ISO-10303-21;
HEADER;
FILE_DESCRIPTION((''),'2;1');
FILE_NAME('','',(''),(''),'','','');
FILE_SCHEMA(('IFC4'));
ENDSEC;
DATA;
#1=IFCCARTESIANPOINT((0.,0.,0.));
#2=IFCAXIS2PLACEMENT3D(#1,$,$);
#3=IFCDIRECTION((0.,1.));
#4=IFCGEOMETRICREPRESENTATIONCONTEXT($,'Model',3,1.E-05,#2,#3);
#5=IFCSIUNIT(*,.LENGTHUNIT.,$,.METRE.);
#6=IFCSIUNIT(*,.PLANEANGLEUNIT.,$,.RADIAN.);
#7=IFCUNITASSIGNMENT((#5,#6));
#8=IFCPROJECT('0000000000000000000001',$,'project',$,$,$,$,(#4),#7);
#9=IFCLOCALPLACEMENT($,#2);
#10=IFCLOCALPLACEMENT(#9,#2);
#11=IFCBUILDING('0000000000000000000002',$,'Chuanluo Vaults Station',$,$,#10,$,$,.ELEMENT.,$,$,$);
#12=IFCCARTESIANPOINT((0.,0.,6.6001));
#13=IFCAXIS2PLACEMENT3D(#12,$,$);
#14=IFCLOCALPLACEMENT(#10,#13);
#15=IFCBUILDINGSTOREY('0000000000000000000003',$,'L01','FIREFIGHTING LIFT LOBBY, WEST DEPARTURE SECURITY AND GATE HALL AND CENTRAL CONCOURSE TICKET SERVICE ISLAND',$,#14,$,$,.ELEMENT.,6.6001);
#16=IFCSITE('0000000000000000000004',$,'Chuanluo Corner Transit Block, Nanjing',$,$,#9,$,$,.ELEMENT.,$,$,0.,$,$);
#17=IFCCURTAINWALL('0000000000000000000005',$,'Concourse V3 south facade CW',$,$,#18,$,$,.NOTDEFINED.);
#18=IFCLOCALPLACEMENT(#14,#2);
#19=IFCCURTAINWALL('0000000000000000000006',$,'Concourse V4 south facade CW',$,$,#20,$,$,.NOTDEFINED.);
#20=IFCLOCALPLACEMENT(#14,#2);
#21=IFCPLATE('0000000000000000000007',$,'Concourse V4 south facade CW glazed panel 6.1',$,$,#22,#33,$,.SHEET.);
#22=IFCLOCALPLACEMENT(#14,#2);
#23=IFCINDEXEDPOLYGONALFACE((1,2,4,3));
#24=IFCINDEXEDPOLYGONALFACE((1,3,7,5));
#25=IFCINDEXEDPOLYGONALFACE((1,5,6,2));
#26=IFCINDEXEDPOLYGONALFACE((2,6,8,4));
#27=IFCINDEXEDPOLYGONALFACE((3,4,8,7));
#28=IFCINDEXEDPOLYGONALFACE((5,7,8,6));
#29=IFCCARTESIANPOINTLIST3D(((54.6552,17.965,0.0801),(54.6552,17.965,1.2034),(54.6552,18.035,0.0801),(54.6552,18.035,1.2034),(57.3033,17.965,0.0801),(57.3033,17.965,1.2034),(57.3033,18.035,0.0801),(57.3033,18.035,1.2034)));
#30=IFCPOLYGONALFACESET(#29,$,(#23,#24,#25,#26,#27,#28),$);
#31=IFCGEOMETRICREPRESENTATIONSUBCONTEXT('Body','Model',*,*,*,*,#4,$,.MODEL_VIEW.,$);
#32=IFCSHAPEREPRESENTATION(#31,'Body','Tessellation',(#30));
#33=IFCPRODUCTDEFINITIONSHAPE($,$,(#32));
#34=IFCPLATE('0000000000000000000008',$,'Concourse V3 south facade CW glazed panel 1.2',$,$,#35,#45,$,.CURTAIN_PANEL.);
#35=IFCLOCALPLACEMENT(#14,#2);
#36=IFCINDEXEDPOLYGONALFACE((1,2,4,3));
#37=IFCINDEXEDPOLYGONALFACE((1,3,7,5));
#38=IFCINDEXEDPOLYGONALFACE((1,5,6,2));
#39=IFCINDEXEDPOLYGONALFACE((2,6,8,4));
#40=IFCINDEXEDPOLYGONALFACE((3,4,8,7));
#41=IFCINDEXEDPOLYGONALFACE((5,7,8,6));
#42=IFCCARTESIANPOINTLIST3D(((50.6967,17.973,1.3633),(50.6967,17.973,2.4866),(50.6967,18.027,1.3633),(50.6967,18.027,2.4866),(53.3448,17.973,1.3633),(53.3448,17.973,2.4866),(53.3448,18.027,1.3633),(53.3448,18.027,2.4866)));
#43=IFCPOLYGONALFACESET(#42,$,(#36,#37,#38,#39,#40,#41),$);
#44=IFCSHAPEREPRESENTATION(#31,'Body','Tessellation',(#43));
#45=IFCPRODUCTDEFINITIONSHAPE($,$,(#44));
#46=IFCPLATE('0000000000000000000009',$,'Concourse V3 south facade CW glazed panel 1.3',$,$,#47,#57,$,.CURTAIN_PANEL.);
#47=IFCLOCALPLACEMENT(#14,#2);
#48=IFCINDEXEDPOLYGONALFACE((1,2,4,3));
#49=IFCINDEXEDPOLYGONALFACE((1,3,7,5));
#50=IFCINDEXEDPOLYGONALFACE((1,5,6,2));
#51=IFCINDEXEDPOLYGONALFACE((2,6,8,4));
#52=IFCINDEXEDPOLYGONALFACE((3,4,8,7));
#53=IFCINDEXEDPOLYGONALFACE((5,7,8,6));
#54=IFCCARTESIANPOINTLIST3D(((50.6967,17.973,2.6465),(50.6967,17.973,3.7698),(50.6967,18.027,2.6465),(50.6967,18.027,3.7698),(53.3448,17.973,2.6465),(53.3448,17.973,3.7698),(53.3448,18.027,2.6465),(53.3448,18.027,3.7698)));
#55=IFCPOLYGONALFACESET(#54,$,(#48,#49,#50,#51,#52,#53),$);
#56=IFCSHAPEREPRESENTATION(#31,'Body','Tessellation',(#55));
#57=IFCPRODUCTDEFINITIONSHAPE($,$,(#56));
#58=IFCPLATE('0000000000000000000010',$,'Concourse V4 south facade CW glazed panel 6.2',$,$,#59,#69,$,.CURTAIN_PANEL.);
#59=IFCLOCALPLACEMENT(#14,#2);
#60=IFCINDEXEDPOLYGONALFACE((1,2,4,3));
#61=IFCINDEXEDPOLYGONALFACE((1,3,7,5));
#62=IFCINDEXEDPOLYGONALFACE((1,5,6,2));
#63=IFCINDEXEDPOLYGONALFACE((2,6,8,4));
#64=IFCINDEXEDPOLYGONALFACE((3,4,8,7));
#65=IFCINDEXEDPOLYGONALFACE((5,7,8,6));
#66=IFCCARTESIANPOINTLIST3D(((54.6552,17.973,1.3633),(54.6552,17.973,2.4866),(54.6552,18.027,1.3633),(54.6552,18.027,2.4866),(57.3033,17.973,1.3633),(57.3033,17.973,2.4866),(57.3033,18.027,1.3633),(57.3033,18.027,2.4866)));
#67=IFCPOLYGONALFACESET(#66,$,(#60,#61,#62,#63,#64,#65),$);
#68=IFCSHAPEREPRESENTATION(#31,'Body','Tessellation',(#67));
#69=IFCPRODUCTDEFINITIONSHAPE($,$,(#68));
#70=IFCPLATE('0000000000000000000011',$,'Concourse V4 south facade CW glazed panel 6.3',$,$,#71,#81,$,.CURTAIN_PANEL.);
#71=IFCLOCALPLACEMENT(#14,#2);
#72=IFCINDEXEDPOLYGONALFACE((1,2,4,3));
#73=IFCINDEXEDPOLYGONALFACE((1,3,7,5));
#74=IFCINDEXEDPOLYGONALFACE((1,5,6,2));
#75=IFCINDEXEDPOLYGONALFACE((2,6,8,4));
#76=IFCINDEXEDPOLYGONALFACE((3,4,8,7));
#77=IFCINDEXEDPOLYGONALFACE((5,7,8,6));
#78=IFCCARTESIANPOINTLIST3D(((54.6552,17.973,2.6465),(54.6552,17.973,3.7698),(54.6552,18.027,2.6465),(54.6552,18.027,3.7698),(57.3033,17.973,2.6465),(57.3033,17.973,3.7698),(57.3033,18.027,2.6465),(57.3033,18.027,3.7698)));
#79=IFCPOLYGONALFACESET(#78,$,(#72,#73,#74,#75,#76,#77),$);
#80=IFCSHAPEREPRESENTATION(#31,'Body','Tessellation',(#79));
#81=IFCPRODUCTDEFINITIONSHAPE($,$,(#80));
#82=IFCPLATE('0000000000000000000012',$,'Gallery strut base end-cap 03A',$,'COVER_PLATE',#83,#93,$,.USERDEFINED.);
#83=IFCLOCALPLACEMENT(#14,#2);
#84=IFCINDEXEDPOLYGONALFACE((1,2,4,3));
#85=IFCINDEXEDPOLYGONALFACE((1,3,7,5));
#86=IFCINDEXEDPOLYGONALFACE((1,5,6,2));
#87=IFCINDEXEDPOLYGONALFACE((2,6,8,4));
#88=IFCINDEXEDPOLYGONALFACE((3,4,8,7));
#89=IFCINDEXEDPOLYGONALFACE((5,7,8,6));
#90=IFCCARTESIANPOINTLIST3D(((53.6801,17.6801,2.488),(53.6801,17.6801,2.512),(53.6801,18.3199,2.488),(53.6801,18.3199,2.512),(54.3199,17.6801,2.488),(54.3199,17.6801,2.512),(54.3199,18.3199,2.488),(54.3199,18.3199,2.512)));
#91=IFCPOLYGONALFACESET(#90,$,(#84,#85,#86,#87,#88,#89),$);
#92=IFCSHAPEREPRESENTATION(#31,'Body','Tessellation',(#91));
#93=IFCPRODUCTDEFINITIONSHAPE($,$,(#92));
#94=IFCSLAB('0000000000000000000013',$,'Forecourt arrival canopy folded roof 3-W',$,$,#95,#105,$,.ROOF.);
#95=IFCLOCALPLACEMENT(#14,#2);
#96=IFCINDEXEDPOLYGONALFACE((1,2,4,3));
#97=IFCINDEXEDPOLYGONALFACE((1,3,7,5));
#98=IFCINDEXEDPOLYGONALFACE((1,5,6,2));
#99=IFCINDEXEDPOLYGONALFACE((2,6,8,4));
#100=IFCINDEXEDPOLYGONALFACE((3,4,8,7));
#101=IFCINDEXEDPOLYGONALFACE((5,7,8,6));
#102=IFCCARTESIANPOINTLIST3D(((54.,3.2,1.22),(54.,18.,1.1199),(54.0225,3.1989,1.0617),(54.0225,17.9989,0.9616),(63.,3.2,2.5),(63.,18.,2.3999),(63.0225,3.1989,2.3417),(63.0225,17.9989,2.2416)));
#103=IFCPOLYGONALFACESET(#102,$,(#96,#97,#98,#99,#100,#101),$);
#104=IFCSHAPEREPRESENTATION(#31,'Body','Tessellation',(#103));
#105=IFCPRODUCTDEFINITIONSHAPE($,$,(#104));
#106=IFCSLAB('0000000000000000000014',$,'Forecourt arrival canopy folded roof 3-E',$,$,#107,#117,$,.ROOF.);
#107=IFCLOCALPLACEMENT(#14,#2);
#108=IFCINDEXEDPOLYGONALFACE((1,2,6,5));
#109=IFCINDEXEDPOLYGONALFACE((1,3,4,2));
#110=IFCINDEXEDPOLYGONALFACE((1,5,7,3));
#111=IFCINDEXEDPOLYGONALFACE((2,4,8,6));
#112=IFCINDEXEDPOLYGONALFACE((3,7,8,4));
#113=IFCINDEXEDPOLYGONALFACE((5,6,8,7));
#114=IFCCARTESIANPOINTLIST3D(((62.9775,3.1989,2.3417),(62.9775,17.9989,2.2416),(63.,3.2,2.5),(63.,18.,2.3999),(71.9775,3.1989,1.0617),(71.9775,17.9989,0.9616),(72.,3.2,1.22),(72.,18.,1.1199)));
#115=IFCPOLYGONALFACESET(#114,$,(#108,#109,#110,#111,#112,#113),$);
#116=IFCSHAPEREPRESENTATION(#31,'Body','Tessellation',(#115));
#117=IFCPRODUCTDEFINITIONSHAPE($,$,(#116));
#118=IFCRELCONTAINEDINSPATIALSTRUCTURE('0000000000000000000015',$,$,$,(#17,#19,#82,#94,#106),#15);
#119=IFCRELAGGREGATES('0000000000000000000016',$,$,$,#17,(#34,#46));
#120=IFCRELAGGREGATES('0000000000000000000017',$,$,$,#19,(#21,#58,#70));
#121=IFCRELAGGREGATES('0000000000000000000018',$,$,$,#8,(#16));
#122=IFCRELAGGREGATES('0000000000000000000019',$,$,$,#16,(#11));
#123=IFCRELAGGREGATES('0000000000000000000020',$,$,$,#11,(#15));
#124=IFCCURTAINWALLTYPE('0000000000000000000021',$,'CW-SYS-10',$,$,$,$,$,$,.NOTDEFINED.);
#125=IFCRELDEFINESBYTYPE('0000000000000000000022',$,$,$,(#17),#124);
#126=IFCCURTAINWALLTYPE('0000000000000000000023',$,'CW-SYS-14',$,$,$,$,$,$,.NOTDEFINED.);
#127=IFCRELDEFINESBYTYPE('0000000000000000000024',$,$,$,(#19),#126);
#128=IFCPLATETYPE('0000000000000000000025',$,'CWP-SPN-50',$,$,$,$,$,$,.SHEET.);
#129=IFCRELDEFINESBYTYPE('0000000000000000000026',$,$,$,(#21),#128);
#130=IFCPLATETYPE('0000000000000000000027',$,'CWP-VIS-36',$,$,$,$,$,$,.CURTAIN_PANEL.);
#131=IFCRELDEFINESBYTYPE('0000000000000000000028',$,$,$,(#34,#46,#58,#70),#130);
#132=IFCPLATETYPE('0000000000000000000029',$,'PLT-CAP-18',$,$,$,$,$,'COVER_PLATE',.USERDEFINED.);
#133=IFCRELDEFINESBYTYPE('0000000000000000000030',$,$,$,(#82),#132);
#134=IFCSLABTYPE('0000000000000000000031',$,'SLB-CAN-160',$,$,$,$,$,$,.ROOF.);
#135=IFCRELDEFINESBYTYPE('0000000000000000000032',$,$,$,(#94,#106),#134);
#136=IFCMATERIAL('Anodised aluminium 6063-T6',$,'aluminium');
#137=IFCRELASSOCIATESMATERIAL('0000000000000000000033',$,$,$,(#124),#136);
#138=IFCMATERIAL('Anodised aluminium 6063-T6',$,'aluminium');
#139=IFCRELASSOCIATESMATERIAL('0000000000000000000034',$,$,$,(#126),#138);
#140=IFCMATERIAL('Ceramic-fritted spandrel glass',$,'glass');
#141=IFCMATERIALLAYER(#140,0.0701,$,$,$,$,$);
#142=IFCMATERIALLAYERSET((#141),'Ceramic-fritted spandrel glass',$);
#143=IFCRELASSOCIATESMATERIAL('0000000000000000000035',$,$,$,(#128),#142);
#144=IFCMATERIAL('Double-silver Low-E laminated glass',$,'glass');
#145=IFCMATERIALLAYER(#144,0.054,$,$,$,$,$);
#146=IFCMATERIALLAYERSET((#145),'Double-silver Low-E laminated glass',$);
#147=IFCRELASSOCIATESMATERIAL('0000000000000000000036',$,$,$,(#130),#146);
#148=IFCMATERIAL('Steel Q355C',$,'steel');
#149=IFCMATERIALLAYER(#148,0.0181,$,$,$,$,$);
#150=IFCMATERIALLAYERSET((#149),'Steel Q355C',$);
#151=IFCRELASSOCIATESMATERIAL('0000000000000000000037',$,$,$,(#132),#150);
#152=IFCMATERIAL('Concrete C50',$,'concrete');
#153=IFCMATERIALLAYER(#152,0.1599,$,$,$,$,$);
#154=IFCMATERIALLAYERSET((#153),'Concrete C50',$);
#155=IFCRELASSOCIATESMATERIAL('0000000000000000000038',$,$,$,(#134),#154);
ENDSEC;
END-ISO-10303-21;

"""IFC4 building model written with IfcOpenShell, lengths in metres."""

from ifc_helpers import new_model, si_unit, direction, frame, origin, origin_2d, place, context, subcontext, project, spatial, polyline, rectangle, outline, extrude, material, layer, layer_set, type_object, element, aggregate, save


model = new_model("IFC4")

# Units and contexts
model_context = context("Model", 3, precision=1e-05, world=origin(), true_north=direction((0.0, 1.0)))
body_context = subcontext(model_context, "Body", "Model", "MODEL_VIEW")
ifc_project = project(units=[si_unit("LENGTHUNIT", "METRE"), si_unit("PLANEANGLEUNIT", "RADIAN")], contexts=[model_context])

# Site, building, storey
site_placement = place(None, origin())
site = spatial("IfcSite", under=ifc_project, at=site_placement, Name="Chuanluo Corner Transit Block, Nanjing", CompositionType="ELEMENT", RefElevation=0.0)
building_placement = place(site_placement, origin())
building = spatial("IfcBuilding", under=site, at=building_placement, Name="Chuanluo Vaults Station", CompositionType="ELEMENT")
storey_placement = place(building_placement, frame((0.0, 0.0, 6.6001)))
storey = spatial("IfcBuildingStorey", under=building, at=storey_placement, Name="L01", Description="FIREFIGHTING LIFT LOBBY, WEST DEPARTURE SECURITY AND GATE HALL AND CENTRAL CONCOURSE TICKET SERVICE ISLAND", CompositionType="ELEMENT", Elevation=6.6001)

# Curtain walls
ifc_material_1 = material(Name="Anodised aluminium 6063-T6", Category="aluminium")
curtain_wall_type_1 = type_object("IfcCurtainWallType", Name="CW-SYS-10", PredefinedType="NOTDEFINED", material=ifc_material_1)
curtain_wall_1_placement = place(storey_placement, origin())
curtain_wall_1 = element("IfcCurtainWall", 1, at=curtain_wall_1_placement, inside=storey, type_object=curtain_wall_type_1, Name="Concourse V3 south facade CW", PredefinedType="NOTDEFINED")
ifc_material_2 = material(Name="Anodised aluminium 6063-T6", Category="aluminium")
curtain_wall_type_2 = type_object("IfcCurtainWallType", Name="CW-SYS-14", PredefinedType="NOTDEFINED", material=ifc_material_2)
curtain_wall_2_placement = place(storey_placement, origin())
curtain_wall_2 = element("IfcCurtainWall", 2, at=curtain_wall_2_placement, inside=storey, type_object=curtain_wall_type_2, Name="Concourse V4 south facade CW", PredefinedType="NOTDEFINED")

# Plates
ifc_material_3 = material(Name="Ceramic-fritted spandrel glass", Category="glass")
ifc_layer_1 = layer(ifc_material_3, 0.0701)
ifc_layer_set_1 = layer_set([ifc_layer_1], Name="Ceramic-fritted spandrel glass")
plate_type_1 = type_object("IfcPlateType", Name="CWP-SPN-50", PredefinedType="SHEET", material=ifc_layer_set_1)
plate_1_placement = place(storey_placement, frame((55.9792, 18.0, 0.0801), z_axis=(0.0, 0.0, 1.0), x_axis=(-1.0, 0.0, 0.0)))
plate_1 = element("IfcPlate", 3, at=plate_1_placement, type_object=plate_type_1, Name="Concourse V4 south facade CW glazed panel 6.1", PredefinedType="SHEET", context=body_context, shape_type="SweptSolid", body=[
    extrude(rectangle(XDim=2.6482, YDim=0.0701, at=origin_2d()), origin(), (0.0, 0.0, 1.0), 1.1233),
])
ifc_material_4 = material(Name="Double-silver Low-E laminated glass", Category="glass")
ifc_layer_2 = layer(ifc_material_4, 0.054)
ifc_layer_set_2 = layer_set([ifc_layer_2], Name="Double-silver Low-E laminated glass")
plate_type_2 = type_object("IfcPlateType", Name="CWP-VIS-36", PredefinedType="CURTAIN_PANEL", material=ifc_layer_set_2)
plate_2_placement = place(storey_placement, frame((52.0208, 18.0, 1.3633), z_axis=(0.0, 0.0, 1.0), x_axis=(-1.0, 0.0, 0.0)))
plate_2 = element("IfcPlate", 4, at=plate_2_placement, type_object=plate_type_2, Name="Concourse V3 south facade CW glazed panel 1.2", PredefinedType="CURTAIN_PANEL", context=body_context, shape_type="SweptSolid", body=[
    extrude(rectangle(XDim=2.6482, YDim=0.054, at=origin_2d()), origin(), (0.0, 0.0, 1.0), 1.1233),
])
plate_3_placement = place(storey_placement, frame((52.0208, 18.0, 2.6465), z_axis=(0.0, 0.0, 1.0), x_axis=(-1.0, 0.0, 0.0)))
plate_3 = element("IfcPlate", 5, at=plate_3_placement, type_object=plate_type_2, Name="Concourse V3 south facade CW glazed panel 1.3", PredefinedType="CURTAIN_PANEL", context=body_context, shape_type="SweptSolid", body=[
    extrude(rectangle(XDim=2.6482, YDim=0.054, at=origin_2d()), origin(), (0.0, 0.0, 1.0), 1.1233),
])
aggregate(curtain_wall_1, [plate_2, plate_3])
plate_4_placement = place(storey_placement, frame((55.9792, 18.0, 1.3633), z_axis=(0.0, 0.0, 1.0), x_axis=(-1.0, 0.0, 0.0)))
plate_4 = element("IfcPlate", 6, at=plate_4_placement, type_object=plate_type_2, Name="Concourse V4 south facade CW glazed panel 6.2", PredefinedType="CURTAIN_PANEL", context=body_context, shape_type="SweptSolid", body=[
    extrude(rectangle(XDim=2.6482, YDim=0.054, at=origin_2d()), origin(), (0.0, 0.0, 1.0), 1.1233),
])
plate_5_placement = place(storey_placement, frame((55.9792, 18.0, 2.6465), z_axis=(0.0, 0.0, 1.0), x_axis=(-1.0, 0.0, 0.0)))
plate_5 = element("IfcPlate", 7, at=plate_5_placement, type_object=plate_type_2, Name="Concourse V4 south facade CW glazed panel 6.3", PredefinedType="CURTAIN_PANEL", context=body_context, shape_type="SweptSolid", body=[
    extrude(rectangle(XDim=2.6482, YDim=0.054, at=origin_2d()), origin(), (0.0, 0.0, 1.0), 1.1233),
])
aggregate(curtain_wall_2, [plate_1, plate_4, plate_5])
ifc_material_5 = material(Name="Steel Q355C", Category="steel")
ifc_layer_3 = layer(ifc_material_5, 0.0181)
ifc_layer_set_3 = layer_set([ifc_layer_3], Name="Steel Q355C")
plate_type_3 = type_object("IfcPlateType", Name="PLT-CAP-18", ElementType="COVER_PLATE", PredefinedType="USERDEFINED", material=ifc_layer_set_3)
plate_6_placement = place(storey_placement, frame((54.0, 18.0, 2.488), z_axis=(0.0, 0.0, 1.0), x_axis=(1.0, 0.0, 0.0)))
element("IfcPlate", 8, at=plate_6_placement, inside=storey, type_object=plate_type_3, Name="Gallery strut base end-cap 03A", ObjectType="COVER_PLATE", PredefinedType="USERDEFINED", context=body_context, shape_type="SweptSolid", body=[
    extrude(rectangle(XDim=0.6399, YDim=0.6399, at=origin_2d()), origin(), (0.0, 0.0, 1.0), 0.0239),
])

# Slabs
ifc_material_6 = material(Name="Concrete C50", Category="concrete")
ifc_layer_4 = layer(ifc_material_6, 0.1599)
ifc_layer_set_4 = layer_set([ifc_layer_4], Name="Concrete C50")
slab_type = type_object("IfcSlabType", Name="SLB-CAN-160", PredefinedType="ROOF", material=ifc_layer_set_4)
slab_1_placement = place(storey_placement, frame((54.0, 3.2, 1.22), z_axis=(-0.140805, 0.006696, 0.990015), x_axis=(0.990037, 0.0, 0.140808)))
element("IfcSlab", 9, at=slab_1_placement, inside=storey, type_object=slab_type, Name="Forecourt arrival canopy folded roof 3-W", PredefinedType="ROOF", context=body_context, shape_type="SweptSolid", body=[
    extrude(outline(polyline([(0.0, 0.0), (9.0906, 0.0), (9.0765, 14.8004), (-0.0141, 14.8004), (0.0, 0.0)])), origin(), (0.0, 0.0, -1.0), 0.1599),
])
slab_2_placement = place(storey_placement, frame((63.0, 3.2, 2.5), z_axis=(0.140805, 0.006696, 0.990015), x_axis=(0.990037, 0.0, -0.140808)))
element("IfcSlab", 10, at=slab_2_placement, inside=storey, type_object=slab_type, Name="Forecourt arrival canopy folded roof 3-E", PredefinedType="ROOF", context=body_context, shape_type="SweptSolid", body=[
    extrude(outline(polyline([(0.0, 0.0), (9.0906, 0.0), (9.1047, 14.8004), (0.0141, 14.8004), (0.0, 0.0)])), origin(), (0.0, 0.0, -1.0), 0.1599),
])

save(model, "model.ifc")
